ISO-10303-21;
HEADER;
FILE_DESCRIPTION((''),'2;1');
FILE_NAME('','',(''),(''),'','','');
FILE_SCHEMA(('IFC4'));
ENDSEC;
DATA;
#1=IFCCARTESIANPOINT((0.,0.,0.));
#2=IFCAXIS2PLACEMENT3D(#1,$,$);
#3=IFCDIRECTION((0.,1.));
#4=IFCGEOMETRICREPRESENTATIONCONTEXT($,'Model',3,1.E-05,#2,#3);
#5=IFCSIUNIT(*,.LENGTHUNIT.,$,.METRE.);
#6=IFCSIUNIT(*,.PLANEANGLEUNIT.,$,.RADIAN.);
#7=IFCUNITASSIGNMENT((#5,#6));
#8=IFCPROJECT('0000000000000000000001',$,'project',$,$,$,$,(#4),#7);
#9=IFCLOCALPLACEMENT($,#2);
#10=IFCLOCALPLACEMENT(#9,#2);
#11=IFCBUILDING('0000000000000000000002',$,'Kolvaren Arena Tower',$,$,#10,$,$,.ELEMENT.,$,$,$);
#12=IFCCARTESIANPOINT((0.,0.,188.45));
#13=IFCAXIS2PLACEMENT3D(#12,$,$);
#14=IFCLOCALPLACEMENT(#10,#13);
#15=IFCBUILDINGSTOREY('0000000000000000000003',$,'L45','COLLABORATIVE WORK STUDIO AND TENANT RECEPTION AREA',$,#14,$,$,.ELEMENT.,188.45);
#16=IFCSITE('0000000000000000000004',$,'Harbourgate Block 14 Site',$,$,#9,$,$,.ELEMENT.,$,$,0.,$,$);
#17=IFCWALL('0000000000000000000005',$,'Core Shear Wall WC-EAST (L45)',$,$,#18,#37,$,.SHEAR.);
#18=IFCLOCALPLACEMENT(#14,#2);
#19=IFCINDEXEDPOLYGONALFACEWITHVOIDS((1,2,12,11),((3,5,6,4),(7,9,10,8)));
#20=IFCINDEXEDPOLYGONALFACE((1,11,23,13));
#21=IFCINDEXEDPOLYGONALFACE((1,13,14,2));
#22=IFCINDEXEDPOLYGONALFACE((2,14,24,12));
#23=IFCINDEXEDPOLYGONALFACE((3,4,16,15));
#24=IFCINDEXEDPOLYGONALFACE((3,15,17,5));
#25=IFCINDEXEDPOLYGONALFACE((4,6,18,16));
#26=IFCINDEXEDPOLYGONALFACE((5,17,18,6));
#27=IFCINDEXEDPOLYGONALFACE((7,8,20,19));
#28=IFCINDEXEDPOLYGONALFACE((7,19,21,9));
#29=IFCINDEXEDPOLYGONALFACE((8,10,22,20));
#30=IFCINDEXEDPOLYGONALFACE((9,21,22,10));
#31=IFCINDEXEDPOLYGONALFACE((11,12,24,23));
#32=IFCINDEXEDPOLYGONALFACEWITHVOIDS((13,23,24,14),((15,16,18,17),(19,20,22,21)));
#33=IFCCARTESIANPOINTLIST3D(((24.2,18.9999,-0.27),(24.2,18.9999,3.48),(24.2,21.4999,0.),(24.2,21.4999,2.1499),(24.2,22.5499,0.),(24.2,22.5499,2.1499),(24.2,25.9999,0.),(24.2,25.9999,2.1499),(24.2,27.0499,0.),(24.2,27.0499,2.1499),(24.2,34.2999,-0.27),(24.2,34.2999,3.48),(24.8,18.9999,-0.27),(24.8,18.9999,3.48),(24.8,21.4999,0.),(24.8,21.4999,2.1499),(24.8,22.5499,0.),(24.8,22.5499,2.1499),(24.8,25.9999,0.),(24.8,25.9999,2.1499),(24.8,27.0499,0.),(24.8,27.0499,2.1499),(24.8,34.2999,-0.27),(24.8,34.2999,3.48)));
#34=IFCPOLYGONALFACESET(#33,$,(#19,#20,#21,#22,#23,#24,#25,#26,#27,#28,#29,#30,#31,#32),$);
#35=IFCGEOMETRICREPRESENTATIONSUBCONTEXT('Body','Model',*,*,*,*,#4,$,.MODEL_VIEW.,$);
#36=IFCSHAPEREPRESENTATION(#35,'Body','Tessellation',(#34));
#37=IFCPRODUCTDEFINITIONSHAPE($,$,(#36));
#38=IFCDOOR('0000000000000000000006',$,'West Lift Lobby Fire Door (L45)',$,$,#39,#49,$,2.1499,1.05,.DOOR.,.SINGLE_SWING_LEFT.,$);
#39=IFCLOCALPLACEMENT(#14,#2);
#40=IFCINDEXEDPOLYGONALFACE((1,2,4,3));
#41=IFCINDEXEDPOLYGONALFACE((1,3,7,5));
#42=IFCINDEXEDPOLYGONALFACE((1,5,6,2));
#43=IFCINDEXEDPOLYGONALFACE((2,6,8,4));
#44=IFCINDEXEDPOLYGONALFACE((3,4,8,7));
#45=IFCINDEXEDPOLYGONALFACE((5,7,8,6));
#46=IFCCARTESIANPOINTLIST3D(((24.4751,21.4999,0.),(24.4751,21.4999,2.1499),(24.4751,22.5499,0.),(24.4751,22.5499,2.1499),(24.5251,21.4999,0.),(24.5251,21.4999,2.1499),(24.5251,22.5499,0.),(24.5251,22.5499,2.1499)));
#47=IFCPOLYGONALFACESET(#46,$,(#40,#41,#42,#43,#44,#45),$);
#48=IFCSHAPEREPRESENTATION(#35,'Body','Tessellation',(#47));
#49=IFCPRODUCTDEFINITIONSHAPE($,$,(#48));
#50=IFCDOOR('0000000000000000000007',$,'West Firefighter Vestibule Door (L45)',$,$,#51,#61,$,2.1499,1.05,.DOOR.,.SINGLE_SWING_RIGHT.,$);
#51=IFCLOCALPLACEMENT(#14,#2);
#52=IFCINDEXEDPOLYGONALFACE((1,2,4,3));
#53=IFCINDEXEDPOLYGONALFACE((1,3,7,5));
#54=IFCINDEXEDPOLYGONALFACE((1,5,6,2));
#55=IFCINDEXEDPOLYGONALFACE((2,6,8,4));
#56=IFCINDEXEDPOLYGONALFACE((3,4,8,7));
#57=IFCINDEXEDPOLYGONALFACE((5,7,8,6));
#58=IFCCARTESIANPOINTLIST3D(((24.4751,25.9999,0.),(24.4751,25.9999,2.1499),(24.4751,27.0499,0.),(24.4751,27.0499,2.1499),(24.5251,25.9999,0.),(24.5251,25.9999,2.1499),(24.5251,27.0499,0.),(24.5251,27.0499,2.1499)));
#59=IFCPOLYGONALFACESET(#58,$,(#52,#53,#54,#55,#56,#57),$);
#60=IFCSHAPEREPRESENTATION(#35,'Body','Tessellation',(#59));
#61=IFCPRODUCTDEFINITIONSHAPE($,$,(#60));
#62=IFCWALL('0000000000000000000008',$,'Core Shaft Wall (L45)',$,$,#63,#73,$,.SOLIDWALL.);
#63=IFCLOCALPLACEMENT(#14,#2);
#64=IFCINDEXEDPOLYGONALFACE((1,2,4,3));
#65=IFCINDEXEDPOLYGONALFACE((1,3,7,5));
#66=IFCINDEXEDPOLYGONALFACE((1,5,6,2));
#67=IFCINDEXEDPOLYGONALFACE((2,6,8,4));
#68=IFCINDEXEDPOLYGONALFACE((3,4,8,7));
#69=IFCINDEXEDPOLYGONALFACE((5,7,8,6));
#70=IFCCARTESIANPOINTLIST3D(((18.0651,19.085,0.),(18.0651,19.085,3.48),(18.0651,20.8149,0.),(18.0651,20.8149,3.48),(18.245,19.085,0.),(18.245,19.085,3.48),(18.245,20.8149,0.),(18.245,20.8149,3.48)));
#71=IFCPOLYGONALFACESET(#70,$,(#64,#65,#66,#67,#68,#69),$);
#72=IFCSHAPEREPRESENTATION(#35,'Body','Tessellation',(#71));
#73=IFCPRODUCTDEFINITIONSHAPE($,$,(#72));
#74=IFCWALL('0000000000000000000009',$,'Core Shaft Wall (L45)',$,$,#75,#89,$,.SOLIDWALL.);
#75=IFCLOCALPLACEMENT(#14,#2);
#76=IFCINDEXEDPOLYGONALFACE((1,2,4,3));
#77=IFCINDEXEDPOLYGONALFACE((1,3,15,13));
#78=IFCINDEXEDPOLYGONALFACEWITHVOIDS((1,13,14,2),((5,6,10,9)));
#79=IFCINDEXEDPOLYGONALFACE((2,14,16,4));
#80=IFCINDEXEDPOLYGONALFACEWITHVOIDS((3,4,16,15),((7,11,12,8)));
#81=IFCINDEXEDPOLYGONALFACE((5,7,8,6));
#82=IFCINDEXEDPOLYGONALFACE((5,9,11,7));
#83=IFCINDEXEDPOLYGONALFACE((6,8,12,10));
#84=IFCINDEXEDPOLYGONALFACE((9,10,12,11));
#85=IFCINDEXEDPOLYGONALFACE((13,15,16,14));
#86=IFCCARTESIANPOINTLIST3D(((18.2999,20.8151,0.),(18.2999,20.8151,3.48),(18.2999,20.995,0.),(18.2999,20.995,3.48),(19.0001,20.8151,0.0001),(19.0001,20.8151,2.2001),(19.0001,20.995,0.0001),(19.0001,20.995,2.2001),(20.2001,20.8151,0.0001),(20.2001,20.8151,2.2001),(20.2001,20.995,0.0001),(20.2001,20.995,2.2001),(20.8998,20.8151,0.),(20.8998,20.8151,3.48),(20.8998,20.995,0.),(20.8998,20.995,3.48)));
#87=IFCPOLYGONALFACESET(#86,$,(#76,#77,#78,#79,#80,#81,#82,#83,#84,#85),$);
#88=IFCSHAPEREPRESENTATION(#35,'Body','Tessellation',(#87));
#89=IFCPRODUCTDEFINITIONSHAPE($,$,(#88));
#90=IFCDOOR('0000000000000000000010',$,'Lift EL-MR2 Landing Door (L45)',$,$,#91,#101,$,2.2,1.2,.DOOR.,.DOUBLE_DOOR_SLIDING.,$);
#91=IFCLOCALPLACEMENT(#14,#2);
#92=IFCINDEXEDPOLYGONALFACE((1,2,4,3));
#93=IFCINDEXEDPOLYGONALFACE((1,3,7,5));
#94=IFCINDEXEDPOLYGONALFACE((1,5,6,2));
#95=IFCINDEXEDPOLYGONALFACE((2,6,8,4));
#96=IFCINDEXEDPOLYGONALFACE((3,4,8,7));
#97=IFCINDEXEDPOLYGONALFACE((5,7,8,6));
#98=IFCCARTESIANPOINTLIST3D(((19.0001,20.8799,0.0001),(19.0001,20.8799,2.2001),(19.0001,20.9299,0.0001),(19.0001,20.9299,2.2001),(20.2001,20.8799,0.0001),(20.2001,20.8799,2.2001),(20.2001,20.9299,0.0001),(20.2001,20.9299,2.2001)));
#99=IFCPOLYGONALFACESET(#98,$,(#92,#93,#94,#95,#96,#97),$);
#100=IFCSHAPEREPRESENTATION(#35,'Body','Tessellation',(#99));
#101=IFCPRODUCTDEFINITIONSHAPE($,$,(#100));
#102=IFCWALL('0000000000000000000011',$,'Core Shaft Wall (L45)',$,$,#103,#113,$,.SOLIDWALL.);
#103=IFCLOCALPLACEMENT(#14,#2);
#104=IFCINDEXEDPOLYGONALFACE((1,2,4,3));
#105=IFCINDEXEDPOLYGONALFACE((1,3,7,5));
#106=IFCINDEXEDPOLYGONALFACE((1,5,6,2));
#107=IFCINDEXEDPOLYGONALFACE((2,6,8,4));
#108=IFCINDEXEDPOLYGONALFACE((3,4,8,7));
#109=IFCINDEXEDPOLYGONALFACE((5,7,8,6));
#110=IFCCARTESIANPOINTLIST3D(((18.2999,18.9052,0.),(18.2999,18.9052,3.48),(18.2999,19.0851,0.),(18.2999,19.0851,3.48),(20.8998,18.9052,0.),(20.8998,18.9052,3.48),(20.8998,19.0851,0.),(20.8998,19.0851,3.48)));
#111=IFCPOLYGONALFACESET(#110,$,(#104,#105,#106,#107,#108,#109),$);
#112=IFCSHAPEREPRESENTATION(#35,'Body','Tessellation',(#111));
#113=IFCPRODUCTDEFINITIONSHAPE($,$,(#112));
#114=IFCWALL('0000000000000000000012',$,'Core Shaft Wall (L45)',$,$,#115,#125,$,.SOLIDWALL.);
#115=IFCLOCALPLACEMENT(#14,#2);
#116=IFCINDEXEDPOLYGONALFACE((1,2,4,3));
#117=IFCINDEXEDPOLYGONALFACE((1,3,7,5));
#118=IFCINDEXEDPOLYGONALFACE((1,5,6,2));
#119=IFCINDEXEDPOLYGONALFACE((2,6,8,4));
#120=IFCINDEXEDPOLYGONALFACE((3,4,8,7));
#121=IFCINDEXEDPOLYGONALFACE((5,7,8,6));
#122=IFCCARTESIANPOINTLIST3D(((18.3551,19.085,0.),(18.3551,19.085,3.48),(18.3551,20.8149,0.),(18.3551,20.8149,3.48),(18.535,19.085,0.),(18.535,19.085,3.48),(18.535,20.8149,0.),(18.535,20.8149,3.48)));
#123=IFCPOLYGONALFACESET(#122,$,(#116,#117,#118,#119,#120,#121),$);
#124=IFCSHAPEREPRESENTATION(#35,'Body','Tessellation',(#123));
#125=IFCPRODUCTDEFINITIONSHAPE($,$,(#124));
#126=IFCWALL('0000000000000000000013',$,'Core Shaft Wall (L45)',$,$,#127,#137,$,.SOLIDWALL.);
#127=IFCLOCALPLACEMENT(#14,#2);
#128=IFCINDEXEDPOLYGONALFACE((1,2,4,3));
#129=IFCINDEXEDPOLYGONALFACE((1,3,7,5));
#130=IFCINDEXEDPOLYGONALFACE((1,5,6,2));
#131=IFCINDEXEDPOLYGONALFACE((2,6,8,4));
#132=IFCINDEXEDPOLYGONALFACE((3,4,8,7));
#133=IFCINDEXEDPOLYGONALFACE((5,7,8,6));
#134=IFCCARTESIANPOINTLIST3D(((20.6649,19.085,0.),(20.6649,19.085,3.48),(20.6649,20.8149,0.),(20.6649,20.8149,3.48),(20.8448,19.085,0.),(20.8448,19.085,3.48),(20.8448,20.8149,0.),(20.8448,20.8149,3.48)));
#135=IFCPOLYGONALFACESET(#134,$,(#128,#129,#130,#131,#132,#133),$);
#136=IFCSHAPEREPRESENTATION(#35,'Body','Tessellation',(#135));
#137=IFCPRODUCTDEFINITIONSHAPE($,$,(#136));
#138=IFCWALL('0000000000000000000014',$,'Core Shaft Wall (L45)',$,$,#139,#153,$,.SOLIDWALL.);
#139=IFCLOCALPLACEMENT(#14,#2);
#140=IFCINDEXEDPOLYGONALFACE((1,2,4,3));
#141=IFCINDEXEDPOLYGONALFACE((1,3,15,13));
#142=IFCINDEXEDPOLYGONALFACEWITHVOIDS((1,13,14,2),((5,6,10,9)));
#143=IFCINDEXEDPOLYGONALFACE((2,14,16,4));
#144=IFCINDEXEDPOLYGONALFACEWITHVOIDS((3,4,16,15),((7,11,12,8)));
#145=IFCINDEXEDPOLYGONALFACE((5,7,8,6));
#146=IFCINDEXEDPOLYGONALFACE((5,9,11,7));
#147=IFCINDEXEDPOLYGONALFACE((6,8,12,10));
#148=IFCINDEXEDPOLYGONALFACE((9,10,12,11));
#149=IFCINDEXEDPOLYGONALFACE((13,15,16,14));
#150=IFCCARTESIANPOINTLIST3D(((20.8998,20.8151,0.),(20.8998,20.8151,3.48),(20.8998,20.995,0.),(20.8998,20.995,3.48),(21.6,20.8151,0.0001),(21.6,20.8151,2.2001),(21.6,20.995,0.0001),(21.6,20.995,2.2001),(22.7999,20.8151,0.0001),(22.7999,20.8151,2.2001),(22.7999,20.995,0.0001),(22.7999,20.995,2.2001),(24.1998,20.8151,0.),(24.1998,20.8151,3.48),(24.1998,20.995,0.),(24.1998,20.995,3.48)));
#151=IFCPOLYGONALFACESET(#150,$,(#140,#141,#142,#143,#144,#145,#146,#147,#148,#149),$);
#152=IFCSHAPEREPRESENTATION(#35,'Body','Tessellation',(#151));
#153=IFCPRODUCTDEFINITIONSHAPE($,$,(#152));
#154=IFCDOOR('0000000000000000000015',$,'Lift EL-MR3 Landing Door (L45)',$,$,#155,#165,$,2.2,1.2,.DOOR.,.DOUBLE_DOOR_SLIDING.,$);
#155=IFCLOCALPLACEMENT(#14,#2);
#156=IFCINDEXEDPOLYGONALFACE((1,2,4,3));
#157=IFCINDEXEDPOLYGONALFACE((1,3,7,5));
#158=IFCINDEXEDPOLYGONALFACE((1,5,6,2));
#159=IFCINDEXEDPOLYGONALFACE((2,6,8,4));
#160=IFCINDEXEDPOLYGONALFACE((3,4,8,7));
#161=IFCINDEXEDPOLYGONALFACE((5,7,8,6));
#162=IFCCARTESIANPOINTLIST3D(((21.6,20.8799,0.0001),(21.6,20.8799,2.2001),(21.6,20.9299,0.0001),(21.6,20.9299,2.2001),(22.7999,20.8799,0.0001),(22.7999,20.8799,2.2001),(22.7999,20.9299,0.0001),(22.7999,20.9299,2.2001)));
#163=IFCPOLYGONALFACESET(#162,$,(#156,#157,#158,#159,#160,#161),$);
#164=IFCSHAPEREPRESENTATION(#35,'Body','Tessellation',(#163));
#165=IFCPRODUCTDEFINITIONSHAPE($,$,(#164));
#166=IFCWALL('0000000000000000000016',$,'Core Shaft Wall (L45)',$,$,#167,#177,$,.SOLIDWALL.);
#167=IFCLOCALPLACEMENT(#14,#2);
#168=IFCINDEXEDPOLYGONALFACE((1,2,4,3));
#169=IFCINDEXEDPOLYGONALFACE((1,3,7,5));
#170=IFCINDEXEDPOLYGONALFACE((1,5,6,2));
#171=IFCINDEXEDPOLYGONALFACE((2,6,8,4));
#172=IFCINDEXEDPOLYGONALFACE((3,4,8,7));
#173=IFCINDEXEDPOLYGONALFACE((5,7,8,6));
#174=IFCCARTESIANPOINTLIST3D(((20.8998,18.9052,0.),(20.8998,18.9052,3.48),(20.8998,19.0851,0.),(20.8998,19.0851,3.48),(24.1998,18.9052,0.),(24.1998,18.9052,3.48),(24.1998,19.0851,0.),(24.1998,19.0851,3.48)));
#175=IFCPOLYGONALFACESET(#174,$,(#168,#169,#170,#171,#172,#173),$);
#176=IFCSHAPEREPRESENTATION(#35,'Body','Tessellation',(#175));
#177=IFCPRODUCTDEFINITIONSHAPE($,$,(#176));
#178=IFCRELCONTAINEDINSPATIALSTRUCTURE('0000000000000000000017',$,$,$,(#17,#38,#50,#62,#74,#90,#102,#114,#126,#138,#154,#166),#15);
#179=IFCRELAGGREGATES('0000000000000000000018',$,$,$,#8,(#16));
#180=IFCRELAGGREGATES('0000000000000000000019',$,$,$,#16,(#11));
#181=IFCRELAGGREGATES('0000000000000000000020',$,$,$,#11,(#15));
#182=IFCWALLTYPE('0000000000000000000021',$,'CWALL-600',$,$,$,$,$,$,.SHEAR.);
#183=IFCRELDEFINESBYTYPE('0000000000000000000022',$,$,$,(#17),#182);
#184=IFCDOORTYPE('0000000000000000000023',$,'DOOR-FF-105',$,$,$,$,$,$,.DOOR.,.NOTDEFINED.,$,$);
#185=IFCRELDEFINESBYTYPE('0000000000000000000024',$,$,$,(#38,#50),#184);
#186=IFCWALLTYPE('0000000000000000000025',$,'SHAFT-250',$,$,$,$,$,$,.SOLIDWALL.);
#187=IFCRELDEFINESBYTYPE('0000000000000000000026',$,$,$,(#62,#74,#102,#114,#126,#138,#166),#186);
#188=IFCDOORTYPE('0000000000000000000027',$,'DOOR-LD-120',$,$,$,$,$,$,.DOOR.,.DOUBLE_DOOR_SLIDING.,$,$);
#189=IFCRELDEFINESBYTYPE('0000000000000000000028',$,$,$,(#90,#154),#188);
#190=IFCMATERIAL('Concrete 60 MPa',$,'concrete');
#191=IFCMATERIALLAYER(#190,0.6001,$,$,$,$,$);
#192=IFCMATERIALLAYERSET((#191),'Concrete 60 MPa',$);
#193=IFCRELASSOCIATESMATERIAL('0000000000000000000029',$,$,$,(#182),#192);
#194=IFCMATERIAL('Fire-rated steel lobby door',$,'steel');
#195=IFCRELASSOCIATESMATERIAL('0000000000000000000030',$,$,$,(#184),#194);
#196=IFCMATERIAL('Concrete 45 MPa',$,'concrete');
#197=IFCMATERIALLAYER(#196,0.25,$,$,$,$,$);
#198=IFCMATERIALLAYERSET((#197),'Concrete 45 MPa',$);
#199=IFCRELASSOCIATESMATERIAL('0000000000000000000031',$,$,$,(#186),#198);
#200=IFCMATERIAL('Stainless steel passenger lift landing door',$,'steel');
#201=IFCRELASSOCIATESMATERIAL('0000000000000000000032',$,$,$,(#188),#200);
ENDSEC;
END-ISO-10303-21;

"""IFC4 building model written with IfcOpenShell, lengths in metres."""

from ifc_helpers import new_model, si_unit, direction, frame, frame_2d, origin, place, context, subcontext, project, spatial, rectangle, extrude, material, layer, layer_set, type_object, element, fill, save


model = new_model("IFC4")

# Units and contexts
model_context = context("Model", 3, precision=1e-05, world=origin(), true_north=direction((0.0, 1.0)))
body_context = subcontext(model_context, "Body", "Model", "MODEL_VIEW")
ifc_project = project(units=[si_unit("LENGTHUNIT", "METRE"), si_unit("PLANEANGLEUNIT", "RADIAN")], contexts=[model_context])

# Site, building, storey
site_placement = place(None, origin())
site = spatial("IfcSite", under=ifc_project, at=site_placement, Name="Harbourgate Block 14 Site", CompositionType="ELEMENT", RefElevation=0.0)
building_placement = place(site_placement, origin())
building = spatial("IfcBuilding", under=site, at=building_placement, Name="Kolvaren Arena Tower", CompositionType="ELEMENT")
storey_placement = place(building_placement, frame((0.0, 0.0, 188.45)))
storey = spatial("IfcBuildingStorey", under=building, at=storey_placement, Name="L45", Description="COLLABORATIVE WORK STUDIO AND TENANT RECEPTION AREA", CompositionType="ELEMENT", Elevation=188.45)

# Wall, openings, doors
ifc_material_1 = material(Name="Concrete 60 MPa", Category="concrete")
ifc_layer_1 = layer(ifc_material_1, 0.6001)
ifc_layer_set_1 = layer_set([ifc_layer_1], Name="Concrete 60 MPa")
wall_type_1 = type_object("IfcWallType", Name="CWALL-600", PredefinedType="SHEAR", material=ifc_layer_set_1)
wall_1_placement = place(storey_placement, frame((24.5, 19.0, -0.27), z_axis=(0.0, 0.0, 1.0), x_axis=(0.0, 1.0, 0.0)))
wall_1 = element("IfcWall", 1, at=wall_1_placement, inside=storey, type_object=wall_type_1, Name="Core Shear Wall WC-EAST (L45)", PredefinedType="SHEAR", context=body_context, shape_type="SweptSolid", body=[
    extrude(rectangle(XDim=15.3, YDim=0.6001, at=frame_2d((7.6499, 0.0))), origin(), (0.0, 0.0, 1.0), 3.75),
])
opening_1_placement = place(wall_1_placement, frame((2.5, 0.0, 0.27)))
opening_1 = element("IfcOpeningElement", 2, at=opening_1_placement, cuts=wall_1, PredefinedType="OPENING", context=body_context, shape_type="SweptSolid", body=[
    extrude(rectangle(XDim=1.05, YDim=2.1499, at=frame_2d((0.5249, 1.075))), frame((0.0, 0.3101, 0.0), z_axis=(0.0, -1.0, 0.0), x_axis=(1.0, 0.0, 0.0)), (0.0, 0.0, 1.0), 0.6201),
])
opening_2_placement = place(wall_1_placement, frame((7.0, 0.0, 0.27)))
opening_2 = element("IfcOpeningElement", 3, at=opening_2_placement, cuts=wall_1, PredefinedType="OPENING", context=body_context, shape_type="SweptSolid", body=[
    extrude(rectangle(XDim=1.05, YDim=2.1499, at=frame_2d((0.5249, 1.075))), frame((0.0, 0.3101, 0.0), z_axis=(0.0, -1.0, 0.0), x_axis=(1.0, 0.0, 0.0)), (0.0, 0.0, 1.0), 0.6201),
])
ifc_material_2 = material(Name="Fire-rated steel lobby door", Category="steel")
door_type_1 = type_object("IfcDoorType", Name="DOOR-FF-105", OperationType="NOTDEFINED", PredefinedType="DOOR", material=ifc_material_2)
door_1_placement = place(opening_1_placement, origin())
door_1 = element("IfcDoor", 4, at=door_1_placement, inside=storey, type_object=door_type_1, Name="West Lift Lobby Fire Door (L45)", OperationType="SINGLE_SWING_LEFT", OverallHeight=2.1499, OverallWidth=1.05, PredefinedType="DOOR", context=body_context, shape_type="SweptSolid", body=[
    extrude(rectangle(XDim=1.05, YDim=2.1499, at=frame_2d((0.5249, 1.075))), frame((0.0, 0.0249, 0.0), z_axis=(0.0, -1.0, 0.0), x_axis=(1.0, 0.0, 0.0)), (0.0, 0.0, 1.0), 0.05),
])
fill(opening_1, door_1)
door_2_placement = place(opening_2_placement, origin())
door_2 = element("IfcDoor", 5, at=door_2_placement, inside=storey, type_object=door_type_1, Name="West Firefighter Vestibule Door (L45)", OperationType="SINGLE_SWING_RIGHT", OverallHeight=2.1499, OverallWidth=1.05, PredefinedType="DOOR", context=body_context, shape_type="SweptSolid", body=[
    extrude(rectangle(XDim=1.05, YDim=2.1499, at=frame_2d((0.5249, 1.075))), frame((0.0, 0.0249, 0.0), z_axis=(0.0, -1.0, 0.0), x_axis=(1.0, 0.0, 0.0)), (0.0, 0.0, 1.0), 0.05),
])
fill(opening_2, door_2)

# Wall
ifc_material_3 = material(Name="Concrete 45 MPa", Category="concrete")
ifc_layer_2 = layer(ifc_material_3, 0.25)
ifc_layer_set_2 = layer_set([ifc_layer_2], Name="Concrete 45 MPa")
wall_type_2 = type_object("IfcWallType", Name="SHAFT-250", PredefinedType="SOLIDWALL", material=ifc_layer_set_2)
wall_2_placement = place(storey_placement, frame((18.155, 19.085, 0.0), z_axis=(0.0, 0.0, 1.0), x_axis=(0.0, 1.0, 0.0)))
element("IfcWall", 6, at=wall_2_placement, inside=storey, type_object=wall_type_2, Name="Core Shaft Wall (L45)", PredefinedType="SOLIDWALL", context=body_context, shape_type="SweptSolid", body=[
    extrude(rectangle(XDim=1.73, YDim=0.1799, at=frame_2d((0.865, 0.0))), origin(), (0.0, 0.0, 1.0), 3.48),
])

# Wall, opening, door
wall_3_placement = place(storey_placement, frame((18.3, 20.905, 0.0), z_axis=(0.0, 0.0, 1.0), x_axis=(1.0, 0.0, 0.0)))
wall_3 = element("IfcWall", 7, at=wall_3_placement, inside=storey, type_object=wall_type_2, Name="Core Shaft Wall (L45)", PredefinedType="SOLIDWALL", context=body_context, shape_type="SweptSolid", body=[
    extrude(rectangle(XDim=2.5999, YDim=0.1799, at=frame_2d((1.2998, 0.0))), origin(), (0.0, 0.0, 1.0), 3.48),
])
opening_3_placement = place(wall_3_placement, frame((0.7, 0.0, 0.0)))
opening_3 = element("IfcOpeningElement", 8, at=opening_3_placement, cuts=wall_3, PredefinedType="OPENING", context=body_context, shape_type="SweptSolid", body=[
    extrude(rectangle(XDim=1.2, YDim=2.2, at=frame_2d((0.6001, 1.1001))), frame((0.0, 0.0999, 0.0), z_axis=(0.0, -1.0, 0.0), x_axis=(1.0, 0.0, 0.0)), (0.0, 0.0, 1.0), 0.2),
])
ifc_material_4 = material(Name="Stainless steel passenger lift landing door", Category="steel")
door_type_2 = type_object("IfcDoorType", Name="DOOR-LD-120", OperationType="DOUBLE_DOOR_SLIDING", PredefinedType="DOOR", material=ifc_material_4)
door_3_placement = place(opening_3_placement, origin())
door_3 = element("IfcDoor", 9, at=door_3_placement, inside=storey, type_object=door_type_2, Name="Lift EL-MR2 Landing Door (L45)", OperationType="DOUBLE_DOOR_SLIDING", OverallHeight=2.2, OverallWidth=1.2, PredefinedType="DOOR", context=body_context, shape_type="SweptSolid", body=[
    extrude(rectangle(XDim=1.2, YDim=2.2, at=frame_2d((0.6001, 1.1001))), frame((0.0, 0.0249, 0.0), z_axis=(0.0, -1.0, 0.0), x_axis=(1.0, 0.0, 0.0)), (0.0, 0.0, 1.0), 0.05),
])
fill(opening_3, door_3)

# Walls
wall_4_placement = place(storey_placement, frame((18.3, 18.9951, 0.0), z_axis=(0.0, 0.0, 1.0), x_axis=(1.0, 0.0, 0.0)))
element("IfcWall", 10, at=wall_4_placement, inside=storey, type_object=wall_type_2, Name="Core Shaft Wall (L45)", PredefinedType="SOLIDWALL", context=body_context, shape_type="SweptSolid", body=[
    extrude(rectangle(XDim=2.5999, YDim=0.1799, at=frame_2d((1.2998, 0.0))), origin(), (0.0, 0.0, 1.0), 3.48),
])
for number, where, z_axis, x_axis, name in (
    (11, (18.4451, 19.085, 0.0), (0.0, 0.0, 1.0), (0.0, 1.0, 0.0), "Core Shaft Wall (L45)"),
    (12, (20.7549, 19.085, 0.0), (0.0, 0.0, 1.0), (0.0, 1.0, 0.0), "Core Shaft Wall (L45)"),
):
    element("IfcWall", number, at=place(storey_placement, frame(where, z_axis=z_axis, x_axis=x_axis)), inside=storey, type_object=wall_type_2, Name=name, PredefinedType="SOLIDWALL", context=body_context, shape_type="SweptSolid", body=[
        extrude(rectangle(XDim=1.73, YDim=0.1799, at=frame_2d((0.865, 0.0))), origin(), (0.0, 0.0, 1.0), 3.48),
    ])

# Wall, opening, door
wall_5_placement = place(storey_placement, frame((20.8999, 20.905, 0.0), z_axis=(0.0, 0.0, 1.0), x_axis=(1.0, 0.0, 0.0)))
wall_5 = element("IfcWall", 13, at=wall_5_placement, inside=storey, type_object=wall_type_2, Name="Core Shaft Wall (L45)", PredefinedType="SOLIDWALL", context=body_context, shape_type="SweptSolid", body=[
    extrude(rectangle(XDim=3.3, YDim=0.1799, at=frame_2d((1.6499, 0.0))), origin(), (0.0, 0.0, 1.0), 3.48),
])
opening_4_placement = place(wall_5_placement, frame((0.7, 0.0, 0.0)))
opening_4 = element("IfcOpeningElement", 14, at=opening_4_placement, cuts=wall_5, PredefinedType="OPENING", context=body_context, shape_type="SweptSolid", body=[
    extrude(rectangle(XDim=1.2, YDim=2.2, at=frame_2d((0.6001, 1.1001))), frame((0.0, 0.0999, 0.0), z_axis=(0.0, -1.0, 0.0), x_axis=(1.0, 0.0, 0.0)), (0.0, 0.0, 1.0), 0.2),
])
door_4_placement = place(opening_4_placement, origin())
door_4 = element("IfcDoor", 15, at=door_4_placement, inside=storey, type_object=door_type_2, Name="Lift EL-MR3 Landing Door (L45)", OperationType="DOUBLE_DOOR_SLIDING", OverallHeight=2.2, OverallWidth=1.2, PredefinedType="DOOR", context=body_context, shape_type="SweptSolid", body=[
    extrude(rectangle(XDim=1.2, YDim=2.2, at=frame_2d((0.6001, 1.1001))), frame((0.0, 0.0249, 0.0), z_axis=(0.0, -1.0, 0.0), x_axis=(1.0, 0.0, 0.0)), (0.0, 0.0, 1.0), 0.05),
])
fill(opening_4, door_4)

# Wall
wall_6_placement = place(storey_placement, frame((20.8999, 18.9951, 0.0), z_axis=(0.0, 0.0, 1.0), x_axis=(1.0, 0.0, 0.0)))
element("IfcWall", 16, at=wall_6_placement, inside=storey, type_object=wall_type_2, Name="Core Shaft Wall (L45)", PredefinedType="SOLIDWALL", context=body_context, shape_type="SweptSolid", body=[
    extrude(rectangle(XDim=3.3, YDim=0.1799, at=frame_2d((1.6499, 0.0))), origin(), (0.0, 0.0, 1.0), 3.48),
])

save(model, "model.ifc")
